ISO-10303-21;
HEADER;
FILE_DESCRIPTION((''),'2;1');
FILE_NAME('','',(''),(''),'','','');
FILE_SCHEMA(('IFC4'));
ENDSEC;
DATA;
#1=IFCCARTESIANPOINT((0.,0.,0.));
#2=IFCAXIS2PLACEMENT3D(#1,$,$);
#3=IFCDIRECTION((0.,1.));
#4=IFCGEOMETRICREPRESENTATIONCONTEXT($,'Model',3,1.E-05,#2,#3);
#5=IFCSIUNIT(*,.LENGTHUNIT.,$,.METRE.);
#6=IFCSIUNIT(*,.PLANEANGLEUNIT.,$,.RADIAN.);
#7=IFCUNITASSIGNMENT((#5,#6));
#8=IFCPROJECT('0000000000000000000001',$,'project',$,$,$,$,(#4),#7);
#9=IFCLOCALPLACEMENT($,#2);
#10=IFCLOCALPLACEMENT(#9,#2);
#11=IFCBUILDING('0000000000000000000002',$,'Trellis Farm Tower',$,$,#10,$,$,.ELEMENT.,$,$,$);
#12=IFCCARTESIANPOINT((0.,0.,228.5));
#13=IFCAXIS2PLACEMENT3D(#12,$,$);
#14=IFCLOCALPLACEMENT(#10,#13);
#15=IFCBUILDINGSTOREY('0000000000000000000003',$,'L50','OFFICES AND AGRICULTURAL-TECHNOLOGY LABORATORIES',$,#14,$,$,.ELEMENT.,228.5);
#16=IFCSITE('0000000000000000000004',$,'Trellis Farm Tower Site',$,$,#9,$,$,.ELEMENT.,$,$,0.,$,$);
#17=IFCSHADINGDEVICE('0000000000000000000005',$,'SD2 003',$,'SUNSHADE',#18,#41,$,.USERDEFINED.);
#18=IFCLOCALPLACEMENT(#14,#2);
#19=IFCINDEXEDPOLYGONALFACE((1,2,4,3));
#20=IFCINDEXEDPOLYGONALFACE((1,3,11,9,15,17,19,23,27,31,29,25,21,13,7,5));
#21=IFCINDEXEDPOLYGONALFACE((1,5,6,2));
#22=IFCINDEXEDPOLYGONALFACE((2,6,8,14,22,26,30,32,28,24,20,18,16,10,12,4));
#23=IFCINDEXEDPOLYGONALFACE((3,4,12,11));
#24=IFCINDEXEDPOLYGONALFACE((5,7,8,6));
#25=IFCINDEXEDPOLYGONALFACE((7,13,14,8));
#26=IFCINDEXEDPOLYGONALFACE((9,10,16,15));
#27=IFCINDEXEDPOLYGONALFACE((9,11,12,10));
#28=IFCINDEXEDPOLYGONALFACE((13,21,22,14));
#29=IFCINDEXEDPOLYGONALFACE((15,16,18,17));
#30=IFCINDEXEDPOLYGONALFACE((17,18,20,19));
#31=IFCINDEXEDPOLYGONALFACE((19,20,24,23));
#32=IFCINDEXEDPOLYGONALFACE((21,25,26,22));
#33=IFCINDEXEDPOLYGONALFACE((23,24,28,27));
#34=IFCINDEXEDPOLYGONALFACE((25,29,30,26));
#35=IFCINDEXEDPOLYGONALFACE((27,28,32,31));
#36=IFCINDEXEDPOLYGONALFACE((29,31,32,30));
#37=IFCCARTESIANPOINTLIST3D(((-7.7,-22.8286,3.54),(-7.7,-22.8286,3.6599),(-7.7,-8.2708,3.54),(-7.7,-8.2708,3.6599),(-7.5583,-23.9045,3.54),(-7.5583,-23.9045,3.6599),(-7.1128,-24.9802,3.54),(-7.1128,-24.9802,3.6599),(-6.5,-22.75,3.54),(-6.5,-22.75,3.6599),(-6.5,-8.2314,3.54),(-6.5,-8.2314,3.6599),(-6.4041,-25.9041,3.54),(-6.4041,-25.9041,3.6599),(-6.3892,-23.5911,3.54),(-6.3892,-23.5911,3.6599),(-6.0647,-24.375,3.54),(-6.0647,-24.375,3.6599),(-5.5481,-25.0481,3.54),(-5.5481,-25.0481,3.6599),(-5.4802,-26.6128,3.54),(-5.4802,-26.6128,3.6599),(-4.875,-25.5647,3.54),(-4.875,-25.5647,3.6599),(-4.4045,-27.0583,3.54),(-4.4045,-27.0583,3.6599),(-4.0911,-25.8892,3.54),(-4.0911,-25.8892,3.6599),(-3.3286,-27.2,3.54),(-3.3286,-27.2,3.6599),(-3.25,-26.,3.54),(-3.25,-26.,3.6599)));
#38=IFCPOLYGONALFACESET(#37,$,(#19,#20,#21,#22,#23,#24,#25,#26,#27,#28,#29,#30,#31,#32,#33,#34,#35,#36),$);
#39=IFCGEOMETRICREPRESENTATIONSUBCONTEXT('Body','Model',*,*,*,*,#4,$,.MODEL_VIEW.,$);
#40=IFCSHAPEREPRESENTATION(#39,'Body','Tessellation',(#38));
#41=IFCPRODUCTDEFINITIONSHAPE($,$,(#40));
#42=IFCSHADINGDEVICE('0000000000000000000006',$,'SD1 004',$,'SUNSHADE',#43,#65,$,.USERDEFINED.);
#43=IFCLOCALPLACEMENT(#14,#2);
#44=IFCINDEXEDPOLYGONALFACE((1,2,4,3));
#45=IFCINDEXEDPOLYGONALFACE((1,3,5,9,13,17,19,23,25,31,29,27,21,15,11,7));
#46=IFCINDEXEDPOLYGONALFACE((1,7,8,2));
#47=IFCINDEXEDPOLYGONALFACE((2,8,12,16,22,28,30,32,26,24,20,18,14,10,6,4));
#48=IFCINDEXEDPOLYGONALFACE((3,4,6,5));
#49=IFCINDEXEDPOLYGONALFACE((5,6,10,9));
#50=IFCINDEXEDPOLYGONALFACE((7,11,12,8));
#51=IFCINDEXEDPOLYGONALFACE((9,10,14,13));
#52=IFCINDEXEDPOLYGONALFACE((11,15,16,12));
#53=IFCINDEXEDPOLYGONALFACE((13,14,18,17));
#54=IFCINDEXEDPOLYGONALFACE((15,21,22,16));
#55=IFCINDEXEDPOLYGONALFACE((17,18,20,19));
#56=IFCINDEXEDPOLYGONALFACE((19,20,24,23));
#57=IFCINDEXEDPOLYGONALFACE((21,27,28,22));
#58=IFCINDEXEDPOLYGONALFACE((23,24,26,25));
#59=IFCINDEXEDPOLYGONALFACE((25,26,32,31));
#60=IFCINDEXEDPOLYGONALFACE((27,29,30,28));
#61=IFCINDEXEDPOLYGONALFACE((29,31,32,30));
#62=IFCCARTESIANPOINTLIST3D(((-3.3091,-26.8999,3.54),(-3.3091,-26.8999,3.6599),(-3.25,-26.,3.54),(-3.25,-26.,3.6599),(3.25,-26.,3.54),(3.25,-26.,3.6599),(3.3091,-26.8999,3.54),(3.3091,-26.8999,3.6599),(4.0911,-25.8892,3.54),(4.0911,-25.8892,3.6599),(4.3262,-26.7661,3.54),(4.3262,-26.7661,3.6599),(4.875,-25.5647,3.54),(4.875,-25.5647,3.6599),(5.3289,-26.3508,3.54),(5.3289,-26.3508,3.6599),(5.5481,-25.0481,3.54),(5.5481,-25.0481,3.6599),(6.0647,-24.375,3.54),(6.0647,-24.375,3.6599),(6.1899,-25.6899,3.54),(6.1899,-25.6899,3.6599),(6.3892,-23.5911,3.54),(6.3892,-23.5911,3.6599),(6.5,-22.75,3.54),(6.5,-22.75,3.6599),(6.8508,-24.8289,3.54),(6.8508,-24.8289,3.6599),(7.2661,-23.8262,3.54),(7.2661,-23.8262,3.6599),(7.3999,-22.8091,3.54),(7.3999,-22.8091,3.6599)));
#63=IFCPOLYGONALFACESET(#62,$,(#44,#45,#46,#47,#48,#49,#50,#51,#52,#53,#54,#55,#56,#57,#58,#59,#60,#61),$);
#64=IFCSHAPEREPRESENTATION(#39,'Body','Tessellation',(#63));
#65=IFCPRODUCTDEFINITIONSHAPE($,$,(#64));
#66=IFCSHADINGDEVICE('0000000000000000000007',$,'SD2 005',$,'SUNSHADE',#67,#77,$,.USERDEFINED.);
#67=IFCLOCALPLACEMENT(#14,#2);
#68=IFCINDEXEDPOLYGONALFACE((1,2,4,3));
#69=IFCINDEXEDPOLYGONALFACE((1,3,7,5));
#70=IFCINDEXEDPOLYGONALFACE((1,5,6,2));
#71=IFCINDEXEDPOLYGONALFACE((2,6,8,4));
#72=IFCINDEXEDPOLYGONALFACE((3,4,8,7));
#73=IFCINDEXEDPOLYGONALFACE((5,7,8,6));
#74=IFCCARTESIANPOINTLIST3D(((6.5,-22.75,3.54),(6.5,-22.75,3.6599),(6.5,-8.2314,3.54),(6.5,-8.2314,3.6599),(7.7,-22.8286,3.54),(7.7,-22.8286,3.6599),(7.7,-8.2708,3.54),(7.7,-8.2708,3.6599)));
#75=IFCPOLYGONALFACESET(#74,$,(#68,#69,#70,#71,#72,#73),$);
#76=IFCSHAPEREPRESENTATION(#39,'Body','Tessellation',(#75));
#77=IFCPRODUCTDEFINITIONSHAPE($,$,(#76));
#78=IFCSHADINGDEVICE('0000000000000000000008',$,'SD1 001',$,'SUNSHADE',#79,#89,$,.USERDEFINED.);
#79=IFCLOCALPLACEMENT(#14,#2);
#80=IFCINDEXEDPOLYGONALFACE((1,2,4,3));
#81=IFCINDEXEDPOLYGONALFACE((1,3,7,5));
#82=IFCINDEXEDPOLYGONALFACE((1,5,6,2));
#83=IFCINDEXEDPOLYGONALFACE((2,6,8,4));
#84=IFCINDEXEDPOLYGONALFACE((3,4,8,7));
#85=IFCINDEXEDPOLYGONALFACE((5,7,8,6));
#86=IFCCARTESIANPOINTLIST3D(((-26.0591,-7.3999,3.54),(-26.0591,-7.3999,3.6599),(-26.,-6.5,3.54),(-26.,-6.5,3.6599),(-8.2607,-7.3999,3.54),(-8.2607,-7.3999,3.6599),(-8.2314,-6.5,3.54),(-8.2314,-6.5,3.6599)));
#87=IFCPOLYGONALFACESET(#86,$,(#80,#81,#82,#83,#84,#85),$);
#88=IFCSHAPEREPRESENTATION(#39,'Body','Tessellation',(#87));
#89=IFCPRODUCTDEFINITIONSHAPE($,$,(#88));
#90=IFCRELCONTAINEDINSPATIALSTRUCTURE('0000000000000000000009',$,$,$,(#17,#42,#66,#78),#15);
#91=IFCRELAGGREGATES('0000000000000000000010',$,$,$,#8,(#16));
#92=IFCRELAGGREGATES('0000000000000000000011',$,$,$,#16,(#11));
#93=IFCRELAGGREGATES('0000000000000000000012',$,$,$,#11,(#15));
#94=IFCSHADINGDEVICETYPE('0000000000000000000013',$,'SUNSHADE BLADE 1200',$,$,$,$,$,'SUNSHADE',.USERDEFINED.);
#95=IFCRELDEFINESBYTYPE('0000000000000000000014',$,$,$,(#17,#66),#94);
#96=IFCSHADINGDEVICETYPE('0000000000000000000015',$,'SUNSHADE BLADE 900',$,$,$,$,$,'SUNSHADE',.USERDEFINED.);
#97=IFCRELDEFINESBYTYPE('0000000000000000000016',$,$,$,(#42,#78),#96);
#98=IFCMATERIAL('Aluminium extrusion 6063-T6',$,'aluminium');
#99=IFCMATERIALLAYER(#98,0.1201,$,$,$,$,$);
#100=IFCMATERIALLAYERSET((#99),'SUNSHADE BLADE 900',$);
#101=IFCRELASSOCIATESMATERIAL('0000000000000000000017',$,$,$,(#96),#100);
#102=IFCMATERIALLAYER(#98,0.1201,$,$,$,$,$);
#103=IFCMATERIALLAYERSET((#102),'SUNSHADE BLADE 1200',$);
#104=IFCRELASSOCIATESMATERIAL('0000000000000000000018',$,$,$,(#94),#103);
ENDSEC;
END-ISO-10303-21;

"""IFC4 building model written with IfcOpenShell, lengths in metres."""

from ifc_helpers import new_model, si_unit, direction, frame, origin, place, context, subcontext, project, spatial, polyline, outline, extrude, source, transform, mapped, material, layer, layer_set, type_object, element, save


model = new_model("IFC4")

# Units and contexts
model_context = context("Model", 3, precision=1e-05, world=origin(), true_north=direction((0.0, 1.0)))
body_context = subcontext(model_context, "Body", "Model", "MODEL_VIEW")
ifc_project = project(units=[si_unit("LENGTHUNIT", "METRE"), si_unit("PLANEANGLEUNIT", "RADIAN")], contexts=[model_context])

# Site, building, storey
site_placement = place(None, origin())
site = spatial("IfcSite", under=ifc_project, at=site_placement, Name="Trellis Farm Tower Site", CompositionType="ELEMENT", RefElevation=0.0)
building_placement = place(site_placement, origin())
building = spatial("IfcBuilding", under=site, at=building_placement, Name="Trellis Farm Tower", CompositionType="ELEMENT")
storey_placement = place(building_placement, frame((0.0, 0.0, 228.5)))
storey = spatial("IfcBuildingStorey", under=building, at=storey_placement, Name="L50", Description="OFFICES AND AGRICULTURAL-TECHNOLOGY LABORATORIES", CompositionType="ELEMENT", Elevation=228.5)

# Shared definitions
ifc_material_1 = material(Name="Aluminium extrusion 6063-T6", Category="aluminium")

# Shading devices
ifc_layer_1 = layer(ifc_material_1, 0.1201)
ifc_layer_set_1 = layer_set([ifc_layer_1], Name="SUNSHADE BLADE 900")
shading_device_type_1 = type_object("IfcShadingDeviceType", Name="SUNSHADE BLADE 900", ElementType="SUNSHADE", PredefinedType="USERDEFINED", material=ifc_layer_set_1)
placement_1 = place(storey_placement, frame((0.0, 0.0, 3.54)))
ifc_layer_2 = layer(ifc_material_1, 0.1201)
ifc_layer_set_2 = layer_set([ifc_layer_2], Name="SUNSHADE BLADE 1200")
shading_device_type_2 = type_object("IfcShadingDeviceType", Name="SUNSHADE BLADE 1200", ElementType="SUNSHADE", PredefinedType="USERDEFINED", material=ifc_layer_set_2)
shared_shape_1 = source(origin(), body_context, "Body", "SweptSolid", [
    extrude(outline(polyline([(-7.7, -8.2708), (-7.7, -22.8286), (-7.5583, -23.9045), (-7.1128, -24.9802), (-6.4041, -25.9041), (-5.4802, -26.6128), (-4.4045, -27.0583), (-3.3286, -27.2), (-3.25, -26.0), (-4.0911, -25.8892), (-4.875, -25.5647), (-5.5481, -25.0481), (-6.0647, -24.375), (-6.3892, -23.5911), (-6.5, -22.75), (-6.5, -8.2314), (-7.7, -8.2708)])), origin(), (0.0, 0.0, 1.0), 0.1199),
])
element("IfcShadingDevice", 1, at=placement_1, inside=storey, type_object=shading_device_type_2, Name="SD2 003", ObjectType="SUNSHADE", PredefinedType="USERDEFINED", context=body_context, shape_type="MappedRepresentation", body=[
    mapped(shared_shape_1, transform((0.0, 0.0, 0.0))),
])
shared_shape_2 = source(origin(), body_context, "Body", "SweptSolid", [
    extrude(outline(polyline([(-3.3091, -26.8999), (3.3091, -26.8999), (4.3262, -26.7661), (5.3289, -26.3508), (6.1899, -25.6899), (6.8508, -24.8289), (7.2661, -23.8262), (7.3999, -22.8091), (6.5, -22.75), (6.3892, -23.5911), (6.0647, -24.375), (5.5481, -25.0481), (4.875, -25.5647), (4.0911, -25.8892), (3.25, -26.0), (-3.25, -26.0), (-3.3091, -26.8999)])), origin(), (0.0, 0.0, 1.0), 0.1199),
])
element("IfcShadingDevice", 2, at=placement_1, inside=storey, type_object=shading_device_type_1, Name="SD1 004", ObjectType="SUNSHADE", PredefinedType="USERDEFINED", context=body_context, shape_type="MappedRepresentation", body=[
    mapped(shared_shape_2, transform((0.0, 0.0, 0.0))),
])
shared_shape_3 = source(origin(), body_context, "Body", "SweptSolid", [
    extrude(outline(polyline([(7.7, -22.8286), (7.7, -8.2708), (6.5, -8.2314), (6.5, -22.75), (7.7, -22.8286)])), origin(), (0.0, 0.0, 1.0), 0.1199),
])
element("IfcShadingDevice", 3, at=placement_1, inside=storey, type_object=shading_device_type_2, Name="SD2 005", ObjectType="SUNSHADE", PredefinedType="USERDEFINED", context=body_context, shape_type="MappedRepresentation", body=[
    mapped(shared_shape_3, transform((0.0, 0.0, 0.0))),
])
shared_shape_4 = source(origin(), body_context, "Body", "SweptSolid", [
    extrude(outline(polyline([(-26.0591, -7.3999), (-8.2607, -7.3999), (-8.2314, -6.5), (-26.0, -6.5), (-26.0591, -7.3999)])), origin(), (0.0, 0.0, 1.0), 0.1199),
])
element("IfcShadingDevice", 4, at=placement_1, inside=storey, type_object=shading_device_type_1, Name="SD1 001", ObjectType="SUNSHADE", PredefinedType="USERDEFINED", context=body_context, shape_type="MappedRepresentation", body=[
    mapped(shared_shape_4, transform((0.0, 0.0, 0.0))),
])

save(model, "model.ifc")
